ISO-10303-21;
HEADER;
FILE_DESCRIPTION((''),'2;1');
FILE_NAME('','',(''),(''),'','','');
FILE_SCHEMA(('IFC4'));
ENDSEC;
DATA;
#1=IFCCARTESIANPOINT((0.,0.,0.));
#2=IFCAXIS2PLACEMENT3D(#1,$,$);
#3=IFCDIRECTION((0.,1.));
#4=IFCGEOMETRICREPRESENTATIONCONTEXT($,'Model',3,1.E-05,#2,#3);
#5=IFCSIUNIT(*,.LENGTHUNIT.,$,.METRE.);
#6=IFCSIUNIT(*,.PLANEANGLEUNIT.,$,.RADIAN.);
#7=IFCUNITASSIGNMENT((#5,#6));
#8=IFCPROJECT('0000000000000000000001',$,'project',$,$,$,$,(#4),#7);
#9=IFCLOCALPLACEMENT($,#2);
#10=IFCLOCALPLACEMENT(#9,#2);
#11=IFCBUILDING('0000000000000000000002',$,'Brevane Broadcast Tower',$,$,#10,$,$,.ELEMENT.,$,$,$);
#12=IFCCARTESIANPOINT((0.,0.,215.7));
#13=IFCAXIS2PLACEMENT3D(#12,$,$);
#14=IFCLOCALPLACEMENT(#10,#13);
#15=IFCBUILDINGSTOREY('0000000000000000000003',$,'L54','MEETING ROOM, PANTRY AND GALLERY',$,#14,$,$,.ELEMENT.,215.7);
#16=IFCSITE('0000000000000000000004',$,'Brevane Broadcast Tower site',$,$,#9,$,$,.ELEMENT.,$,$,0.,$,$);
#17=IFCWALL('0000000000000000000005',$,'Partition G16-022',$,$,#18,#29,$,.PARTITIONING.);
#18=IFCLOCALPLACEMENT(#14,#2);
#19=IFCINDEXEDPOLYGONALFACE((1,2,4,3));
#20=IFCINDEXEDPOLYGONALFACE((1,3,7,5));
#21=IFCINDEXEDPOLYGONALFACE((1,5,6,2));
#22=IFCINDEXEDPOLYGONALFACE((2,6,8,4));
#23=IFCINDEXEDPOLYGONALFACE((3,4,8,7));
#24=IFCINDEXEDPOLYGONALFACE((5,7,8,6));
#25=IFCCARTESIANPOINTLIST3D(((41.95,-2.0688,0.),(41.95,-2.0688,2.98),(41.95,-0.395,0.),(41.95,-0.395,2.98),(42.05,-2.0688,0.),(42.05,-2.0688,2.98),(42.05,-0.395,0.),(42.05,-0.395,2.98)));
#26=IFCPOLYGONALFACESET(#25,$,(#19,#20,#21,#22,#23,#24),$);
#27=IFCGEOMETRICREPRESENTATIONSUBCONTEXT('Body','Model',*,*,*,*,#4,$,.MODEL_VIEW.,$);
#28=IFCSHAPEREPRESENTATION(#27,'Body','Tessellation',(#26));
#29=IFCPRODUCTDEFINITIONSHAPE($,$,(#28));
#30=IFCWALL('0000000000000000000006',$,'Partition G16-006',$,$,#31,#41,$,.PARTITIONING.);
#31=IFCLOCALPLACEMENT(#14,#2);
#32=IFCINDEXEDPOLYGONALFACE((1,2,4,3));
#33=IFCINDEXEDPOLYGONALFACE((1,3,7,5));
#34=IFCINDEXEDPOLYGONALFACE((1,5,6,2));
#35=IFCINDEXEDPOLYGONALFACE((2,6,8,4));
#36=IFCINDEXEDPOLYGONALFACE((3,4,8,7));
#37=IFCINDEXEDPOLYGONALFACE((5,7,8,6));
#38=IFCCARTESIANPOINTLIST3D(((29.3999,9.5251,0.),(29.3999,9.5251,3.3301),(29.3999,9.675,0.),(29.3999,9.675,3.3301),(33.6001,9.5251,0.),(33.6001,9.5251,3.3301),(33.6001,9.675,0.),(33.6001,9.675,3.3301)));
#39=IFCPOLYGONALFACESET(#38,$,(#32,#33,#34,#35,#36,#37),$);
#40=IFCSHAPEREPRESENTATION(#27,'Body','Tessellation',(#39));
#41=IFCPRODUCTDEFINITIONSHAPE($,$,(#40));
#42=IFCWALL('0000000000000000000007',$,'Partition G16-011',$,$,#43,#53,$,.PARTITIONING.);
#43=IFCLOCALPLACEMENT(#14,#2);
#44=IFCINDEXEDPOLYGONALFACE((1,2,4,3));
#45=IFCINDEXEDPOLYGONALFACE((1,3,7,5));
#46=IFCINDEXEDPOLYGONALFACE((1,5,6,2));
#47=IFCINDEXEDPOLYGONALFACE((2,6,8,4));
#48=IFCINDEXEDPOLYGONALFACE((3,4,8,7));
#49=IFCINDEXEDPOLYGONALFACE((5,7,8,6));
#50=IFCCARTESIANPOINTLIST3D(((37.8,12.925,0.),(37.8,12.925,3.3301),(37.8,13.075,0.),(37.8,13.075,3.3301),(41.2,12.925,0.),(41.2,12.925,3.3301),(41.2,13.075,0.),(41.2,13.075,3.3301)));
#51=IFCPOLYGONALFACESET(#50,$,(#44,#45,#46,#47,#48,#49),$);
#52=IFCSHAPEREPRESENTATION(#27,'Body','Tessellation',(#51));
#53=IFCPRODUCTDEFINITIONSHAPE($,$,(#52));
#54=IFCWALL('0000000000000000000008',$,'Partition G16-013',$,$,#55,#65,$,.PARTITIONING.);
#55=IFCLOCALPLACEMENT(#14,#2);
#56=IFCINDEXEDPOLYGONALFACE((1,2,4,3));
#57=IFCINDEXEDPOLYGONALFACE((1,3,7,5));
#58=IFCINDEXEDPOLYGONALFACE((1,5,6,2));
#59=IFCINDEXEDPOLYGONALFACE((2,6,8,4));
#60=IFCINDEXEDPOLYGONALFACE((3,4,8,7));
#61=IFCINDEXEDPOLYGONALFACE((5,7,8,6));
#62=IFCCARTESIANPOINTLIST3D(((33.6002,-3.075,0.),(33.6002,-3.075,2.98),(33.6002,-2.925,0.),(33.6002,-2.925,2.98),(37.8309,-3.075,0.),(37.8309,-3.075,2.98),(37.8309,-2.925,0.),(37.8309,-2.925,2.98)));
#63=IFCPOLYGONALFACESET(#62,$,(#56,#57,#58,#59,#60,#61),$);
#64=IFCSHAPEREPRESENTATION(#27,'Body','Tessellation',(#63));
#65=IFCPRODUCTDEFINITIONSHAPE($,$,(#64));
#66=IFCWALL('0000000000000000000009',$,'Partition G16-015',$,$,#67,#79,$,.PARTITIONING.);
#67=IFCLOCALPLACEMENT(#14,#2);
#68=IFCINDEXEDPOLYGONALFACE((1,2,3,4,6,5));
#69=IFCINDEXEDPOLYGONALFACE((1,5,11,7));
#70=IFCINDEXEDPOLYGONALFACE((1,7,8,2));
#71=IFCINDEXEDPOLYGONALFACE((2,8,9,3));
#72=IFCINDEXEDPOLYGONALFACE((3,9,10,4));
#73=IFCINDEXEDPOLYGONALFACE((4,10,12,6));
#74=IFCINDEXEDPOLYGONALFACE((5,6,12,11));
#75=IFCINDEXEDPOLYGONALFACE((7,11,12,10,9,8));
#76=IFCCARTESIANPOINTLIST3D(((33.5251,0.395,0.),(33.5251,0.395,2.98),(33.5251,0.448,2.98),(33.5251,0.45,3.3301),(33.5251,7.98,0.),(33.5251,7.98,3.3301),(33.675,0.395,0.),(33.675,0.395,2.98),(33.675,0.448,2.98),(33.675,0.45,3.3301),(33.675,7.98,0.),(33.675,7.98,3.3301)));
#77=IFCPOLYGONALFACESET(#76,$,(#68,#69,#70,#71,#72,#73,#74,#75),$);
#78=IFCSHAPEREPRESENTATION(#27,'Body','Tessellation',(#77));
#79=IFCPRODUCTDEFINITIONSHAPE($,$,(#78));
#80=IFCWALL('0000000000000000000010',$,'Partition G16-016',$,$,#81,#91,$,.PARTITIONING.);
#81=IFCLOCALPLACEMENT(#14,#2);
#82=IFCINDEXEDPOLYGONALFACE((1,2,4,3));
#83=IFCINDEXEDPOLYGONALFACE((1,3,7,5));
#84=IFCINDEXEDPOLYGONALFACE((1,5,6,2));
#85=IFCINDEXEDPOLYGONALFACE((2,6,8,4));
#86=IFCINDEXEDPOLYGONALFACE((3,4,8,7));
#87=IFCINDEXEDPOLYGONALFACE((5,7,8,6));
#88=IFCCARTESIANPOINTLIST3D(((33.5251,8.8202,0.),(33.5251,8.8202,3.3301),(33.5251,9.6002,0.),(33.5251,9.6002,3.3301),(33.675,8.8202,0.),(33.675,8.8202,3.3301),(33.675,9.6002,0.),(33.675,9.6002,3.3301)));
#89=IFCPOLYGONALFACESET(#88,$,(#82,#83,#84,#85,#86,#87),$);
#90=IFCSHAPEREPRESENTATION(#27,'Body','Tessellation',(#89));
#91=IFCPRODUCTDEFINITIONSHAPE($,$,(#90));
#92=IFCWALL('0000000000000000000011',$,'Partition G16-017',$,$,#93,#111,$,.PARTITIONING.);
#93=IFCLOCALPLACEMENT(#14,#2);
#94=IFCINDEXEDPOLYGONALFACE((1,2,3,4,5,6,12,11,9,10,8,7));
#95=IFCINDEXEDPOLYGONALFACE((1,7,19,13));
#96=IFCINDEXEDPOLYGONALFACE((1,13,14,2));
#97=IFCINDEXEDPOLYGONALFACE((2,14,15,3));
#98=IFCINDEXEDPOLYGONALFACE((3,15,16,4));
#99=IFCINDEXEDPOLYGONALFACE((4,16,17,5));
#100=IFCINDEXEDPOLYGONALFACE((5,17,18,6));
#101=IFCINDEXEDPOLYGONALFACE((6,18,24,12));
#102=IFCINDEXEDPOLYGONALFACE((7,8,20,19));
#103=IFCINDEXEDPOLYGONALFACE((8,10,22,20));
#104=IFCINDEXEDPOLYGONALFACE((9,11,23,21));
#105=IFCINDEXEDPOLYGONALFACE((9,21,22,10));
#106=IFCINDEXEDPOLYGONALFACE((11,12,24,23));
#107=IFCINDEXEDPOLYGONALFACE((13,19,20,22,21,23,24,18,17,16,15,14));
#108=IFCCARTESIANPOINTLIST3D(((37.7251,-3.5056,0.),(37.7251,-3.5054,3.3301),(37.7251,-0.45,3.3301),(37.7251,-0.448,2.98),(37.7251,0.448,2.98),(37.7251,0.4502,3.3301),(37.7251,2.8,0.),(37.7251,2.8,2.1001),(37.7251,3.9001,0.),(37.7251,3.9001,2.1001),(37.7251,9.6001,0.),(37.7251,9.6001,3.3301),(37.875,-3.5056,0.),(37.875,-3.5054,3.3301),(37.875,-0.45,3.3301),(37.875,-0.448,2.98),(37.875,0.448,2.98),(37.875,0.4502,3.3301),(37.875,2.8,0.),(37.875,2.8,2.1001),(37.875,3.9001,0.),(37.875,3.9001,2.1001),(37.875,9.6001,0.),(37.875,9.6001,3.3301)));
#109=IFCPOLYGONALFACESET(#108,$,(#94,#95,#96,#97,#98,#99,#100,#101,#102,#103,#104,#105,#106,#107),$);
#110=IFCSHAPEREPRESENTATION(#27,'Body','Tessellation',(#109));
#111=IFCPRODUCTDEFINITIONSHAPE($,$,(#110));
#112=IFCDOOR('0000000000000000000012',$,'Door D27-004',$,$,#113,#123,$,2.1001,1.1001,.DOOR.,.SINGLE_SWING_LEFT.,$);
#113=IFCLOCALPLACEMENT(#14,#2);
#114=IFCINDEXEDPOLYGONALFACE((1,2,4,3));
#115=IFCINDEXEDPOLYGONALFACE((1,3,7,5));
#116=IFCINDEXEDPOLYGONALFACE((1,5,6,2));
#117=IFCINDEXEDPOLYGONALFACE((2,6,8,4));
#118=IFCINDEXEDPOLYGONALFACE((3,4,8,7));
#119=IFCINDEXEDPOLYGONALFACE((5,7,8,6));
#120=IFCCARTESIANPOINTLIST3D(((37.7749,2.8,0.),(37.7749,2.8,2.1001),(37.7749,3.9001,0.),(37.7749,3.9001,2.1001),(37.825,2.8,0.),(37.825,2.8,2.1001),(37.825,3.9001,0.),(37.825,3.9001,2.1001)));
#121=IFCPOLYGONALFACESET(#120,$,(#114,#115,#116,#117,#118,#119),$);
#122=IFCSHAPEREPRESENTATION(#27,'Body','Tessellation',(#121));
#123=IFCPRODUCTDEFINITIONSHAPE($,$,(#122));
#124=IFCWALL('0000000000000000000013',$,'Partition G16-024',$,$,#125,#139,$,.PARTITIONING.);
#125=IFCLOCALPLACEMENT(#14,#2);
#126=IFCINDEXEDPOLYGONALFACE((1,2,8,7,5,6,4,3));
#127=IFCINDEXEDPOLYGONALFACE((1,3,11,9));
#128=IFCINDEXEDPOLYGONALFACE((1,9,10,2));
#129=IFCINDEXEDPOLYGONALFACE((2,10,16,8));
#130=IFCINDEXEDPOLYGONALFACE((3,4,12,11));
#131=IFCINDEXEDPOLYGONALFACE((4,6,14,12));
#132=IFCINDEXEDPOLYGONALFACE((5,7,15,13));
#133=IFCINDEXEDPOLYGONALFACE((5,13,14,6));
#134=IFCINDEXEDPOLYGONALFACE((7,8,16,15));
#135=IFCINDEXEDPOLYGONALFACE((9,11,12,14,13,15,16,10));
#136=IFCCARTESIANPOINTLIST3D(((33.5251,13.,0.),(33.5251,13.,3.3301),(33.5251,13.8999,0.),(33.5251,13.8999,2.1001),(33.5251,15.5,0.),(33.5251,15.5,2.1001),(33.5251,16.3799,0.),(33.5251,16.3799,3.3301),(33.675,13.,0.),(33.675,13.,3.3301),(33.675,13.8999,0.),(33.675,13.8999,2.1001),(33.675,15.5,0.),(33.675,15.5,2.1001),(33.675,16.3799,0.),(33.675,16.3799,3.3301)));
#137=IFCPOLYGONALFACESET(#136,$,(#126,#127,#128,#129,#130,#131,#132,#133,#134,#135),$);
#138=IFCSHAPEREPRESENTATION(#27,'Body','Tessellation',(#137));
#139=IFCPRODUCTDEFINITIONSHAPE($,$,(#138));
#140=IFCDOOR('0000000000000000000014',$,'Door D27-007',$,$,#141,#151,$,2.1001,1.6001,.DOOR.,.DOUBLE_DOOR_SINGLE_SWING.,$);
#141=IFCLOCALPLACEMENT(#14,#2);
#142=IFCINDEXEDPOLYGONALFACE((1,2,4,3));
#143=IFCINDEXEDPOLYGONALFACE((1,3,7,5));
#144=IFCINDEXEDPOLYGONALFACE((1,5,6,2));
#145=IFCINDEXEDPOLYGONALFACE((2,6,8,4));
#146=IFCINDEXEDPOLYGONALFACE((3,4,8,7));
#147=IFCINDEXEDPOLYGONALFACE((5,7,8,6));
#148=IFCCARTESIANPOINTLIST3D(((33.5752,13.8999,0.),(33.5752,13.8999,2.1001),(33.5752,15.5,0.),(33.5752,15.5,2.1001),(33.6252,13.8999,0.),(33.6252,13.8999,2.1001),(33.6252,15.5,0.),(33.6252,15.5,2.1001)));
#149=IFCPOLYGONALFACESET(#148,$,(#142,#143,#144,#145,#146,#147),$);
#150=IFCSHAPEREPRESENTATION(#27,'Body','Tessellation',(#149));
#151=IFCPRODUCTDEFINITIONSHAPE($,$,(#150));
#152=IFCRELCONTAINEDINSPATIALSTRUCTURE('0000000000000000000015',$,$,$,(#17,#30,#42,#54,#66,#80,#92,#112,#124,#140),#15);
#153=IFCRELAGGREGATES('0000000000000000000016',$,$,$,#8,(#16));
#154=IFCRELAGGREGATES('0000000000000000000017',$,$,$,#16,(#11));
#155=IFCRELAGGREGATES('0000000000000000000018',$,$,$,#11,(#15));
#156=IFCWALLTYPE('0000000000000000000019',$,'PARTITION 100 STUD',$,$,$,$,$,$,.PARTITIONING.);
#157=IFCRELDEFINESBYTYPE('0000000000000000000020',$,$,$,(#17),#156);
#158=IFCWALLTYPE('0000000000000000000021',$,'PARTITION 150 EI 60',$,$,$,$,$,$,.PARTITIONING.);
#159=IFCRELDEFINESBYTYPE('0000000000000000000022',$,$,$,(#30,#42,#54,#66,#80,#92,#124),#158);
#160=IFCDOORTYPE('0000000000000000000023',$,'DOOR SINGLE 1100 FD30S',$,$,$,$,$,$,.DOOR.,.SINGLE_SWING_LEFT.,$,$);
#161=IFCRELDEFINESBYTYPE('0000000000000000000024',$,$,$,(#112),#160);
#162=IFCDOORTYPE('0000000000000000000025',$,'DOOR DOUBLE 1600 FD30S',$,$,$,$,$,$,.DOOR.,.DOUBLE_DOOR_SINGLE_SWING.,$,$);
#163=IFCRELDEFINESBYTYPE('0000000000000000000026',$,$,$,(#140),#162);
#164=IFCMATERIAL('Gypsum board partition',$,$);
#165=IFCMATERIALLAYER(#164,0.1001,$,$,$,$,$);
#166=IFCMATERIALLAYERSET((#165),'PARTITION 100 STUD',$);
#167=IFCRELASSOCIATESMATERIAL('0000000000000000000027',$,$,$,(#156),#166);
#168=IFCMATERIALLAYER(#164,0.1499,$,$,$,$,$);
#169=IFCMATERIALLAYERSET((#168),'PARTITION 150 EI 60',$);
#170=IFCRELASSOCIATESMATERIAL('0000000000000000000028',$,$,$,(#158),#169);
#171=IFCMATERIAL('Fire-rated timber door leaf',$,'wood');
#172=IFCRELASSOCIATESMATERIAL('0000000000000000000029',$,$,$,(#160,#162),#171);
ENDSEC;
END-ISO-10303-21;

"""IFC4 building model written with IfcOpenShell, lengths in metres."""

from ifc_helpers import new_model, si_unit, direction, frame, frame_2d, origin, place, context, subcontext, project, spatial, polyline, rectangle, outline, extrude, material, layer, layer_set, type_object, element, fill, save


model = new_model("IFC4")

# Units and contexts
model_context = context("Model", 3, precision=1e-05, world=origin(), true_north=direction((0.0, 1.0)))
body_context = subcontext(model_context, "Body", "Model", "MODEL_VIEW")
ifc_project = project(units=[si_unit("LENGTHUNIT", "METRE"), si_unit("PLANEANGLEUNIT", "RADIAN")], contexts=[model_context])

# Site, building, storey
site_placement = place(None, origin())
site = spatial("IfcSite", under=ifc_project, at=site_placement, Name="Brevane Broadcast Tower site", CompositionType="ELEMENT", RefElevation=0.0)
building_placement = place(site_placement, origin())
building = spatial("IfcBuilding", under=site, at=building_placement, Name="Brevane Broadcast Tower", CompositionType="ELEMENT")
storey_placement = place(building_placement, frame((0.0, 0.0, 215.7)))
storey = spatial("IfcBuildingStorey", under=building, at=storey_placement, Name="L54", Description="MEETING ROOM, PANTRY AND GALLERY", CompositionType="ELEMENT", Elevation=215.7)

# Walls
ifc_material_1 = material(Name="Gypsum board partition")
ifc_layer_1 = layer(ifc_material_1, 0.1001)
ifc_layer_set_1 = layer_set([ifc_layer_1], Name="PARTITION 100 STUD")
wall_type_1 = type_object("IfcWallType", Name="PARTITION 100 STUD", PredefinedType="PARTITIONING", material=ifc_layer_set_1)
wall_1_placement = place(storey_placement, frame((42.0, -0.395, 0.0), z_axis=(0.0, 0.0, 1.0), x_axis=(0.0, -1.0, 0.0)))
element("IfcWall", 1, at=wall_1_placement, inside=storey, type_object=wall_type_1, Name="Partition G16-022", PredefinedType="PARTITIONING", context=body_context, shape_type="SweptSolid", body=[
    extrude(rectangle(XDim=1.6738, YDim=0.1001, at=frame_2d((0.8369, 0.0))), origin(), (0.0, 0.0, 1.0), 2.98),
])
ifc_layer_2 = layer(ifc_material_1, 0.1499)
ifc_layer_set_2 = layer_set([ifc_layer_2], Name="PARTITION 150 EI 60")
wall_type_2 = type_object("IfcWallType", Name="PARTITION 150 EI 60", PredefinedType="PARTITIONING", material=ifc_layer_set_2)
wall_2_placement = place(storey_placement, frame((33.6001, 9.6001, 0.0), z_axis=(0.0, 0.0, 1.0), x_axis=(-1.0, 0.0, 0.0)))
element("IfcWall", 2, at=wall_2_placement, inside=storey, type_object=wall_type_2, Name="Partition G16-006", PredefinedType="PARTITIONING", context=body_context, shape_type="SweptSolid", body=[
    extrude(rectangle(XDim=4.2002, YDim=0.1499, at=frame_2d((2.1001, 0.0))), origin(), (0.0, 0.0, 1.0), 3.3301),
])
wall_3_placement = place(storey_placement, frame((37.8, 13.0, 0.0), z_axis=(0.0, 0.0, 1.0), x_axis=(1.0, 0.0, 0.0)))
element("IfcWall", 3, at=wall_3_placement, inside=storey, type_object=wall_type_2, Name="Partition G16-011", PredefinedType="PARTITIONING", context=body_context, shape_type="SweptSolid", body=[
    extrude(rectangle(XDim=3.3999, YDim=0.1499, at=frame_2d((1.7, 0.0))), origin(), (0.0, 0.0, 1.0), 3.3301),
])
wall_4_placement = place(storey_placement, frame((37.8308, -3.0, 0.0), z_axis=(0.0, 0.0, 1.0), x_axis=(-1.0, 0.0, 0.0)))
element("IfcWall", 4, at=wall_4_placement, inside=storey, type_object=wall_type_2, Name="Partition G16-013", PredefinedType="PARTITIONING", context=body_context, shape_type="SweptSolid", body=[
    extrude(rectangle(XDim=4.2307, YDim=0.1499, at=frame_2d((2.1152, 0.0))), origin(), (0.0, 0.0, 1.0), 2.98),
])
wall_5_placement = place(storey_placement, frame((33.6001, 0.395, 0.0), z_axis=(0.0, 0.0, 1.0), x_axis=(0.0, 1.0, 0.0)))
element("IfcWall", 5, at=wall_5_placement, inside=storey, type_object=wall_type_2, Name="Partition G16-015", PredefinedType="PARTITIONING", context=body_context, shape_type="SweptSolid", body=[
    extrude(outline(polyline([(0.0, 0.0), (7.585, 0.0), (7.585, 3.3301), (0.0549, 3.3301), (0.053, 2.98), (0.0, 2.98), (0.0, 0.0)])), frame((0.0, 0.075, 0.0), z_axis=(0.0, -1.0, 0.0), x_axis=(1.0, 0.0, 0.0)), (0.0, 0.0, 1.0), 0.1499),
])
wall_6_placement = place(storey_placement, frame((33.6001, 8.8201, 0.0), z_axis=(0.0, 0.0, 1.0), x_axis=(0.0, 1.0, 0.0)))
element("IfcWall", 6, at=wall_6_placement, inside=storey, type_object=wall_type_2, Name="Partition G16-016", PredefinedType="PARTITIONING", context=body_context, shape_type="SweptSolid", body=[
    extrude(rectangle(XDim=0.78, YDim=0.1499, at=frame_2d((0.3901, 0.0))), origin(), (0.0, 0.0, 1.0), 3.3301),
])

# Walls, openings, doors
wall_7_placement = place(storey_placement, frame((37.8, 9.6001, 0.0), z_axis=(0.0, 0.0, 1.0), x_axis=(0.0, -1.0, 0.0)))
wall_7 = element("IfcWall", 7, at=wall_7_placement, inside=storey, type_object=wall_type_2, Name="Partition G16-017", PredefinedType="PARTITIONING", context=body_context, shape_type="SweptSolid", body=[
    extrude(outline(polyline([(0.0, 0.0), (13.1057, 0.0), (13.1055, 3.3301), (12.6223, 3.3301), (10.05, 3.3301), (10.0481, 2.98), (9.1521, 2.98), (9.1499, 3.3301), (0.0, 3.3301), (0.0, 0.0)])), frame((0.0, 0.075, 0.0), z_axis=(0.0, -1.0, 0.0), x_axis=(1.0, 0.0, 0.0)), (0.0, 0.0, 1.0), 0.1499),
])
opening_1_placement = place(wall_7_placement, frame((5.7, 0.0, 0.0)))
opening_1 = element("IfcOpeningElement", 8, at=opening_1_placement, cuts=wall_7, PredefinedType="OPENING", context=body_context, shape_type="SweptSolid", body=[
    extrude(rectangle(XDim=1.1001, YDim=2.1001, at=frame_2d((0.55, 1.05))), frame((0.0, 0.085, 0.0), z_axis=(0.0, -1.0, 0.0), x_axis=(1.0, 0.0, 0.0)), (0.0, 0.0, 1.0), 0.1699),
])
ifc_material_2 = material(Name="Fire-rated timber door leaf", Category="wood")
door_type_1 = type_object("IfcDoorType", Name="DOOR SINGLE 1100 FD30S", OperationType="SINGLE_SWING_LEFT", PredefinedType="DOOR", material=ifc_material_2)
door_1_placement = place(opening_1_placement, origin())
door_1 = element("IfcDoor", 9, at=door_1_placement, inside=storey, type_object=door_type_1, Name="Door D27-004", OperationType="SINGLE_SWING_LEFT", OverallHeight=2.1001, OverallWidth=1.1001, PredefinedType="DOOR", context=body_context, shape_type="SweptSolid", body=[
    extrude(rectangle(XDim=1.1001, YDim=2.1001, at=frame_2d((0.55, 1.05))), frame((0.0, 0.0249, 0.0), z_axis=(0.0, -1.0, 0.0), x_axis=(1.0, 0.0, 0.0)), (0.0, 0.0, 1.0), 0.05),
])
fill(opening_1, door_1)
wall_8_placement = place(storey_placement, frame((33.6001, 13.0, 0.0), z_axis=(0.0, 0.0, 1.0), x_axis=(0.0, 1.0, 0.0)))
wall_8 = element("IfcWall", 10, at=wall_8_placement, inside=storey, type_object=wall_type_2, Name="Partition G16-024", PredefinedType="PARTITIONING", context=body_context, shape_type="SweptSolid", body=[
    extrude(rectangle(XDim=3.3799, YDim=0.1499, at=frame_2d((1.6899, 0.0))), origin(), (0.0, 0.0, 1.0), 3.3301),
])
opening_2_placement = place(wall_8_placement, frame((0.8999, 0.0, 0.0)))
opening_2 = element("IfcOpeningElement", 11, at=opening_2_placement, cuts=wall_8, PredefinedType="OPENING", context=body_context, shape_type="SweptSolid", body=[
    extrude(rectangle(XDim=1.6001, YDim=2.1001, at=frame_2d((0.8, 1.05))), frame((0.0, 0.085, 0.0), z_axis=(0.0, -1.0, 0.0), x_axis=(1.0, 0.0, 0.0)), (0.0, 0.0, 1.0), 0.1699),
])
door_type_2 = type_object("IfcDoorType", Name="DOOR DOUBLE 1600 FD30S", OperationType="DOUBLE_DOOR_SINGLE_SWING", PredefinedType="DOOR", material=ifc_material_2)
door_2_placement = place(opening_2_placement, origin())
door_2 = element("IfcDoor", 12, at=door_2_placement, inside=storey, type_object=door_type_2, Name="Door D27-007", OperationType="DOUBLE_DOOR_SINGLE_SWING", OverallHeight=2.1001, OverallWidth=1.6001, PredefinedType="DOOR", context=body_context, shape_type="SweptSolid", body=[
    extrude(rectangle(XDim=1.6001, YDim=2.1001, at=frame_2d((0.8, 1.05))), frame((0.0, 0.0249, 0.0), z_axis=(0.0, -1.0, 0.0), x_axis=(1.0, 0.0, 0.0)), (0.0, 0.0, 1.0), 0.05),
])
fill(opening_2, door_2)

save(model, "model.ifc")
